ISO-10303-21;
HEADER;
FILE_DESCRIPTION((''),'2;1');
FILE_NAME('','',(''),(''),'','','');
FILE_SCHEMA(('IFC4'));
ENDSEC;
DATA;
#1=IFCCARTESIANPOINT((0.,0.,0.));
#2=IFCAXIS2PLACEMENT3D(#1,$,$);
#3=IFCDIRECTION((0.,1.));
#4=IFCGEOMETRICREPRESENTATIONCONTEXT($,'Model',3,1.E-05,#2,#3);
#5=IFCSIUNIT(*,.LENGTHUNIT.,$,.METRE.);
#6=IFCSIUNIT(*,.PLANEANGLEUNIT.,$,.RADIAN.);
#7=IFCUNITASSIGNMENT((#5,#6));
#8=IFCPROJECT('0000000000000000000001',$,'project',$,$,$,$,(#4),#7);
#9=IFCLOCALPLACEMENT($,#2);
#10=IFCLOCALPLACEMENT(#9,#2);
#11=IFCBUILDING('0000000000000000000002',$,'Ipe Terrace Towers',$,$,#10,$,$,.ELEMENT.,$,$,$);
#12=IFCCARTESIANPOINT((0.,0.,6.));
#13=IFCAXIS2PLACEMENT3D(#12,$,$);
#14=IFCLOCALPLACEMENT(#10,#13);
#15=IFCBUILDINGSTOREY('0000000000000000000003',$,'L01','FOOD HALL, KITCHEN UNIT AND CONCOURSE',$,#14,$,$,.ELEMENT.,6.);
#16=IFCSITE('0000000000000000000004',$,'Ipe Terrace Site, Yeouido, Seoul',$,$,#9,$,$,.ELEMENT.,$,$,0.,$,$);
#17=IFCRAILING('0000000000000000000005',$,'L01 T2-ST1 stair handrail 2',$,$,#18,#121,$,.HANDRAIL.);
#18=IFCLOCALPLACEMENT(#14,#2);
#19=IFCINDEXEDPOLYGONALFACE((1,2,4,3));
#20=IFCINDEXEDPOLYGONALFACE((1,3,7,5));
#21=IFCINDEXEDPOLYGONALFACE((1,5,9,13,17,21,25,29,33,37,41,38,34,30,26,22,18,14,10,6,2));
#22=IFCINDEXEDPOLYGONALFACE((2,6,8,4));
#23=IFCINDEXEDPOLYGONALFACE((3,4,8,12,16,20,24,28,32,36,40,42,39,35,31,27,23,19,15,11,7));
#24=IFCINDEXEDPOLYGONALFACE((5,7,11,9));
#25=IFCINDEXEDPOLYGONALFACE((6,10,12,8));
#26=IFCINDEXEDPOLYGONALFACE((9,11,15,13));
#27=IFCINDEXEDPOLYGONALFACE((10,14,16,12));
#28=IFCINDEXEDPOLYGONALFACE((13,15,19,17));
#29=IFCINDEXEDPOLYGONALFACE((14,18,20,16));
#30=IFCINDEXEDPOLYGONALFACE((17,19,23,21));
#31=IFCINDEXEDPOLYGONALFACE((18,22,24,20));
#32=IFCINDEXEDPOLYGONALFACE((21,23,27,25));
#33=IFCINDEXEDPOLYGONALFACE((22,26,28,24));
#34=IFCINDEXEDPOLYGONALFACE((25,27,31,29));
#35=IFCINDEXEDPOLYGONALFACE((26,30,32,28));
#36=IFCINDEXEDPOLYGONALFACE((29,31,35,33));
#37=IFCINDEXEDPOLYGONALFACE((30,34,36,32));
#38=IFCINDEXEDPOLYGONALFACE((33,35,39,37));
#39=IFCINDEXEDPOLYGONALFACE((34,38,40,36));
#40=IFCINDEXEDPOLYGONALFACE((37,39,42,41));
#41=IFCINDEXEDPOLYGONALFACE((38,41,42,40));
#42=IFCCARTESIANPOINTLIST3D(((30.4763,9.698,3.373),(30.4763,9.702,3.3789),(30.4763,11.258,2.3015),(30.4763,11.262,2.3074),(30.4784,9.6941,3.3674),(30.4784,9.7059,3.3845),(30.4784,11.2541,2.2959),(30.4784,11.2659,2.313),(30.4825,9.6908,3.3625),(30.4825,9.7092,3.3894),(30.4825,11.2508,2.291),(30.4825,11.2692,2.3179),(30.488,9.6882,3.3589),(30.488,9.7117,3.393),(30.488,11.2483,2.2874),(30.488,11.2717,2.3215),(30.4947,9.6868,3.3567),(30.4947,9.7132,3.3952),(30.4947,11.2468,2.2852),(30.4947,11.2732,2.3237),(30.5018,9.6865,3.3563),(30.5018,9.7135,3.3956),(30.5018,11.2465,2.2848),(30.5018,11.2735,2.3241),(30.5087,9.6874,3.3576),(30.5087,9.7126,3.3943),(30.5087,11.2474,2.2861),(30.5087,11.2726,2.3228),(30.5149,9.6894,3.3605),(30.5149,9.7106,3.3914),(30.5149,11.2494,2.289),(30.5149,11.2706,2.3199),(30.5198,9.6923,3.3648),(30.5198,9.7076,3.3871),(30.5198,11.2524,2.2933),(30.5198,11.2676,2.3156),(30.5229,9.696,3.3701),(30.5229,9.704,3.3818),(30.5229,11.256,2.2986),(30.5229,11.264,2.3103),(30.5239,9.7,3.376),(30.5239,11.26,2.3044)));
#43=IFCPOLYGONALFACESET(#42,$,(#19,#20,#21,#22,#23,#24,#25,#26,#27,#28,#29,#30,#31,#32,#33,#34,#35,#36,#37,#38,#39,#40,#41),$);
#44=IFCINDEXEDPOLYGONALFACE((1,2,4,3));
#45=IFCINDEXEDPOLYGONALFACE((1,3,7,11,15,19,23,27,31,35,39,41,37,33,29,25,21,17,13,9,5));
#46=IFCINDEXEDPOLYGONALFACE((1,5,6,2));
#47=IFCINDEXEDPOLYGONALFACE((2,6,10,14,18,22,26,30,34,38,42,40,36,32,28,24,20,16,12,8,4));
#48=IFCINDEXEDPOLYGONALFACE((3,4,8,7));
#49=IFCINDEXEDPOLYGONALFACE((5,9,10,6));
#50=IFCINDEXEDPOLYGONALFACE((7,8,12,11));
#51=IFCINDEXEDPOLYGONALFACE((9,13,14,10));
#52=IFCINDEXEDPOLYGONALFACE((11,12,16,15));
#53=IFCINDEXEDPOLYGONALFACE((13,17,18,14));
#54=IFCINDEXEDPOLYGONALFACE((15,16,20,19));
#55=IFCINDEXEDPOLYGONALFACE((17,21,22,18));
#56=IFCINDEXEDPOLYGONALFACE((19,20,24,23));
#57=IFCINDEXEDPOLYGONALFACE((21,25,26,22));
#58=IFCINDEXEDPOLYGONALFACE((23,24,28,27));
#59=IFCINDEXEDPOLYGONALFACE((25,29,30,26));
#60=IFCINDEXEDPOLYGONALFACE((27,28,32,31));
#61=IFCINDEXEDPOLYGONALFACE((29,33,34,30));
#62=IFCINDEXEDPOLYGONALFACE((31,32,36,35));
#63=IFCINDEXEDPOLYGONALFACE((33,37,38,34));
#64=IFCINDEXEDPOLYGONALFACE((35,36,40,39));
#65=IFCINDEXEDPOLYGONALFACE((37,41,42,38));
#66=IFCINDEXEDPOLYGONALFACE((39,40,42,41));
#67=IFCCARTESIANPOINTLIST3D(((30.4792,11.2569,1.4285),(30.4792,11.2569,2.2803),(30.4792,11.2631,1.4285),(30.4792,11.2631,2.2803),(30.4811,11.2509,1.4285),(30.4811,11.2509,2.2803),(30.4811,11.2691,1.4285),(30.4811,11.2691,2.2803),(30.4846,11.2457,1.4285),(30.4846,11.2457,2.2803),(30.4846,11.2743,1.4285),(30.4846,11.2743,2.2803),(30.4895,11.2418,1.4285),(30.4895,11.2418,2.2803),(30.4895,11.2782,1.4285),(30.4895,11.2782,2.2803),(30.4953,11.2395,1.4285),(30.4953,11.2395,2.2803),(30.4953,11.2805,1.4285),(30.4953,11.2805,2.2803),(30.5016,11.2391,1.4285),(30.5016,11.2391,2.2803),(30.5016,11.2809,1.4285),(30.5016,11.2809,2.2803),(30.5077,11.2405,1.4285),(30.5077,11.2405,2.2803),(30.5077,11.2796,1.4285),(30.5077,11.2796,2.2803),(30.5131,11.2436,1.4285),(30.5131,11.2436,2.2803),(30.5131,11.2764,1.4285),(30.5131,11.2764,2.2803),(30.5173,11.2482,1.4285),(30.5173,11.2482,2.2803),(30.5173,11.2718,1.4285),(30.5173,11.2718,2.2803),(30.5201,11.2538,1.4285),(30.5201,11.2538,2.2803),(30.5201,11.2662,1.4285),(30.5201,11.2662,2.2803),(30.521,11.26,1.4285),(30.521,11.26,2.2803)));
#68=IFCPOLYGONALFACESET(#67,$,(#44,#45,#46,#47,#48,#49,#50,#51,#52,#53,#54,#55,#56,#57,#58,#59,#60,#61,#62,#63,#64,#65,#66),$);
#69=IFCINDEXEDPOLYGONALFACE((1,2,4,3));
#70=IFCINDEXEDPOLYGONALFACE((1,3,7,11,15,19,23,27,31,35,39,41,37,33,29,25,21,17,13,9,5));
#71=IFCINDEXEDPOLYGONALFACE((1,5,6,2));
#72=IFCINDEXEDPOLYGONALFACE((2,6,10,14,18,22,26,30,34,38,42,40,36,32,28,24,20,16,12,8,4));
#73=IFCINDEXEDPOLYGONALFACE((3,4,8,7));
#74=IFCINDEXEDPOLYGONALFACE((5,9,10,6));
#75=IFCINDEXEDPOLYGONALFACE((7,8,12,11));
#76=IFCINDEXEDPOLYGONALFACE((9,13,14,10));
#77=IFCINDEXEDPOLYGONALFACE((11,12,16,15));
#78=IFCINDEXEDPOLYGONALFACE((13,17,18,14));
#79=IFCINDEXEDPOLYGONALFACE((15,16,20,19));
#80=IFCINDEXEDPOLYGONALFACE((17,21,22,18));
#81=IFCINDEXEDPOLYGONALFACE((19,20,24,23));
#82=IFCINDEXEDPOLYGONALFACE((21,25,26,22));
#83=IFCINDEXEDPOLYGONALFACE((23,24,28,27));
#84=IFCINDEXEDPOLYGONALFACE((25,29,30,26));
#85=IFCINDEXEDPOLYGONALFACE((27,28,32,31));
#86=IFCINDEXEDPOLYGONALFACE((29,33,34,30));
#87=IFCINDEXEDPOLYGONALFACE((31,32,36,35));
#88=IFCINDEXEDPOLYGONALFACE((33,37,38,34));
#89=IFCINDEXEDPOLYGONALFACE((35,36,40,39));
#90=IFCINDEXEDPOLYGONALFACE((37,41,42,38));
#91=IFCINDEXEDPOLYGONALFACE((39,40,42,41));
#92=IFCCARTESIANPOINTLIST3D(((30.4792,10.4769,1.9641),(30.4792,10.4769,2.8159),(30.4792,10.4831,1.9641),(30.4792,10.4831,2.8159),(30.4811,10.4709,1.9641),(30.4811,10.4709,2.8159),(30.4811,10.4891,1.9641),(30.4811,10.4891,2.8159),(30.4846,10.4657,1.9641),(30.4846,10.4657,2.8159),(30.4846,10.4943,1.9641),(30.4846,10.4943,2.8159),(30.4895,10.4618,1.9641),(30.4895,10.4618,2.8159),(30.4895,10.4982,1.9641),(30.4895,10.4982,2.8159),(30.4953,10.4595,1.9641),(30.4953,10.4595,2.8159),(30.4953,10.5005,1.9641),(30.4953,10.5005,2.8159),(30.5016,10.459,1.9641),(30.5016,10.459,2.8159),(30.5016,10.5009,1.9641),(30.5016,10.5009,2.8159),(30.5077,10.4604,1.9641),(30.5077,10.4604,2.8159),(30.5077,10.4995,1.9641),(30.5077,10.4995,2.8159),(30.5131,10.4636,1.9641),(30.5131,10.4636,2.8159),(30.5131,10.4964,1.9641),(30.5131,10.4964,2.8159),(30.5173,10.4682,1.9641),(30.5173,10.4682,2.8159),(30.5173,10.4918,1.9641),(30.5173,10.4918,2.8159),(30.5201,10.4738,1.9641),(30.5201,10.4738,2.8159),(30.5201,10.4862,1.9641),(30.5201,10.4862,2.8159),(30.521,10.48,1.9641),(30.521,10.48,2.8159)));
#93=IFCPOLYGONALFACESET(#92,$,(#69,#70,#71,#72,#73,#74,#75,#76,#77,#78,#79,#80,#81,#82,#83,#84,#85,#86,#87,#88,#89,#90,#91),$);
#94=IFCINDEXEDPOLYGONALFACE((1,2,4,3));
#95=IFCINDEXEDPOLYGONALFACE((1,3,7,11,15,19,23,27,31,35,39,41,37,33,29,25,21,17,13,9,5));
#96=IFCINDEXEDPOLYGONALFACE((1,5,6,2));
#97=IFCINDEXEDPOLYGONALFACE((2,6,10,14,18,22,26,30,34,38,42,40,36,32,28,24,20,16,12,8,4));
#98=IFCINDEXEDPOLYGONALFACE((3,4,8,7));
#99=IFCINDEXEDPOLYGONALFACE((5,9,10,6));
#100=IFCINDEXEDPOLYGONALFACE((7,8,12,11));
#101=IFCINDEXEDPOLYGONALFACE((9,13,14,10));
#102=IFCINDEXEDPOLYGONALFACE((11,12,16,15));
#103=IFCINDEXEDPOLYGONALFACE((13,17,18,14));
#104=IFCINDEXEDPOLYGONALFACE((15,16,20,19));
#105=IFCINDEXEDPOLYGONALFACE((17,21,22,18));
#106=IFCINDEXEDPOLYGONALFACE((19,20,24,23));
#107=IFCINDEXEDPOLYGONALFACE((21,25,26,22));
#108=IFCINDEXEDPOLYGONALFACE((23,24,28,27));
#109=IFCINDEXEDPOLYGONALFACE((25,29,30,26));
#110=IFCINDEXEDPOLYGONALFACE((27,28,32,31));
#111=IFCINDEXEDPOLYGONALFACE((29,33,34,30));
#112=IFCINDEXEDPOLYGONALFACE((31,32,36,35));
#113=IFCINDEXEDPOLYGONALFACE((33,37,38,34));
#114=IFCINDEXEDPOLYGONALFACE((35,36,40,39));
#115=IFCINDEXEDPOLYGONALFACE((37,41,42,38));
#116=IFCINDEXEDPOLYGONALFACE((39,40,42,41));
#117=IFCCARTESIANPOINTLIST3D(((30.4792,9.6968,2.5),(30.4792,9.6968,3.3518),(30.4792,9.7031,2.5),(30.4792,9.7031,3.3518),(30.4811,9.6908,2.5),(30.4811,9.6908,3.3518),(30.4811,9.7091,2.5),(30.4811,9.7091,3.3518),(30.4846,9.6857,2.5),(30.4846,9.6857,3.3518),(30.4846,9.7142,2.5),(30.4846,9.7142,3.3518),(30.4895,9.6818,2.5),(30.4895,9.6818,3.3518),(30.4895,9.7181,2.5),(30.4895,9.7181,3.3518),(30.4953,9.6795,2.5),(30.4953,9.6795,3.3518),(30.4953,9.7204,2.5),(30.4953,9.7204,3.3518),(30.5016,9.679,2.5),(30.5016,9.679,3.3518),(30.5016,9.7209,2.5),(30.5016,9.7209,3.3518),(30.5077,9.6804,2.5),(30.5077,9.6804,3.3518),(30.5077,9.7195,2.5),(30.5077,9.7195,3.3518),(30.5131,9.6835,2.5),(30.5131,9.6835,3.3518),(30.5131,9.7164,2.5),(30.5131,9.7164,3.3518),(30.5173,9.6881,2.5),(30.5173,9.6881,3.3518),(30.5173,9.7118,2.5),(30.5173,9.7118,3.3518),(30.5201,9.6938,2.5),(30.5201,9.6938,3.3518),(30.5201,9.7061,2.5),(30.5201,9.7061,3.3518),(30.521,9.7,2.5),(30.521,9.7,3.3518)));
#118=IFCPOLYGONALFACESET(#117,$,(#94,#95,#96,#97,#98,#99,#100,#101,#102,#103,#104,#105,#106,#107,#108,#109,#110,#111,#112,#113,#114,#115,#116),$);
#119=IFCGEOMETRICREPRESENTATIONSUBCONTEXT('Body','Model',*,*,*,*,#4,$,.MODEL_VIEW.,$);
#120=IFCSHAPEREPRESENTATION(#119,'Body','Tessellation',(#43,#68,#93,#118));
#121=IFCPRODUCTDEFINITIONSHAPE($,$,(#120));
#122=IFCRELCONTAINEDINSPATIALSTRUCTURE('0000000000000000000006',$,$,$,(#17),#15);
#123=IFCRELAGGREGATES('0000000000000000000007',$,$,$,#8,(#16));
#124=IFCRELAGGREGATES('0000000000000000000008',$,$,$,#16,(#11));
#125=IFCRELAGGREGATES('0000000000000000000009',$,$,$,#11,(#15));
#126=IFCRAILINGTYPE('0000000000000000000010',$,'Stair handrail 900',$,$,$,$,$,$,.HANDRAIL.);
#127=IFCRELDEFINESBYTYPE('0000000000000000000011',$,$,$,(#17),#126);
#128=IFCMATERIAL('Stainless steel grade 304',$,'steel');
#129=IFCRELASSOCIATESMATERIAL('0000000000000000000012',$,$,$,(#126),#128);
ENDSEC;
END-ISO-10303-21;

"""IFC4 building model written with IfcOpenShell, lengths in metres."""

from ifc_helpers import new_model, si_unit, direction, frame, origin, origin_2d, place, context, subcontext, project, spatial, circle, extrude, material, type_object, element, save


model = new_model("IFC4")

# Units and contexts
model_context = context("Model", 3, precision=1e-05, world=origin(), true_north=direction((0.0, 1.0)))
body_context = subcontext(model_context, "Body", "Model", "MODEL_VIEW")
ifc_project = project(units=[si_unit("LENGTHUNIT", "METRE"), si_unit("PLANEANGLEUNIT", "RADIAN")], contexts=[model_context])

# Site, building, storey
site_placement = place(None, origin())
site = spatial("IfcSite", under=ifc_project, at=site_placement, Name="Ipe Terrace Site, Yeouido, Seoul", CompositionType="ELEMENT", RefElevation=0.0)
building_placement = place(site_placement, origin())
building = spatial("IfcBuilding", under=site, at=building_placement, Name="Ipe Terrace Towers", CompositionType="ELEMENT")
storey_placement = place(building_placement, frame((0.0, 0.0, 6.0)))
storey = spatial("IfcBuildingStorey", under=building, at=storey_placement, Name="L01", Description="FOOD HALL, KITCHEN UNIT AND CONCOURSE", CompositionType="ELEMENT", Elevation=6.0)

# Railing
ifc_material_1 = material(Name="Stainless steel grade 304", Category="steel")
railing_type_1 = type_object("IfcRailingType", Name="Stair handrail 900", PredefinedType="HANDRAIL", material=ifc_material_1)
railing_1_placement = place(storey_placement, frame((30.5, 11.26, 1.4285)))
element("IfcRailing", 1, at=railing_1_placement, inside=storey, type_object=railing_type_1, Name="L01 T2-ST1 stair handrail 2", PredefinedType="HANDRAIL", context=body_context, shape_type="SweptSolid", body=[
    extrude(circle(Radius=0.0239, at=origin_2d()), frame((0.0, 0.0, 0.876), z_axis=(0.0, -0.82429, 0.566167), x_axis=(1.0, 0.0, 0.0)), (0.0, 0.0, 1.0), 1.8926),
    extrude(circle(Radius=0.021, at=origin_2d()), origin(), (0.0, 0.0, 1.0), 0.8518),
    extrude(circle(Radius=0.021, at=origin_2d()), frame((0.0, -0.78, 0.5356)), (0.0, 0.0, 1.0), 0.8518),
    extrude(circle(Radius=0.021, at=origin_2d()), frame((0.0, -1.5601, 1.0715)), (0.0, 0.0, 1.0), 0.8518),
])

save(model, "model.ifc")
